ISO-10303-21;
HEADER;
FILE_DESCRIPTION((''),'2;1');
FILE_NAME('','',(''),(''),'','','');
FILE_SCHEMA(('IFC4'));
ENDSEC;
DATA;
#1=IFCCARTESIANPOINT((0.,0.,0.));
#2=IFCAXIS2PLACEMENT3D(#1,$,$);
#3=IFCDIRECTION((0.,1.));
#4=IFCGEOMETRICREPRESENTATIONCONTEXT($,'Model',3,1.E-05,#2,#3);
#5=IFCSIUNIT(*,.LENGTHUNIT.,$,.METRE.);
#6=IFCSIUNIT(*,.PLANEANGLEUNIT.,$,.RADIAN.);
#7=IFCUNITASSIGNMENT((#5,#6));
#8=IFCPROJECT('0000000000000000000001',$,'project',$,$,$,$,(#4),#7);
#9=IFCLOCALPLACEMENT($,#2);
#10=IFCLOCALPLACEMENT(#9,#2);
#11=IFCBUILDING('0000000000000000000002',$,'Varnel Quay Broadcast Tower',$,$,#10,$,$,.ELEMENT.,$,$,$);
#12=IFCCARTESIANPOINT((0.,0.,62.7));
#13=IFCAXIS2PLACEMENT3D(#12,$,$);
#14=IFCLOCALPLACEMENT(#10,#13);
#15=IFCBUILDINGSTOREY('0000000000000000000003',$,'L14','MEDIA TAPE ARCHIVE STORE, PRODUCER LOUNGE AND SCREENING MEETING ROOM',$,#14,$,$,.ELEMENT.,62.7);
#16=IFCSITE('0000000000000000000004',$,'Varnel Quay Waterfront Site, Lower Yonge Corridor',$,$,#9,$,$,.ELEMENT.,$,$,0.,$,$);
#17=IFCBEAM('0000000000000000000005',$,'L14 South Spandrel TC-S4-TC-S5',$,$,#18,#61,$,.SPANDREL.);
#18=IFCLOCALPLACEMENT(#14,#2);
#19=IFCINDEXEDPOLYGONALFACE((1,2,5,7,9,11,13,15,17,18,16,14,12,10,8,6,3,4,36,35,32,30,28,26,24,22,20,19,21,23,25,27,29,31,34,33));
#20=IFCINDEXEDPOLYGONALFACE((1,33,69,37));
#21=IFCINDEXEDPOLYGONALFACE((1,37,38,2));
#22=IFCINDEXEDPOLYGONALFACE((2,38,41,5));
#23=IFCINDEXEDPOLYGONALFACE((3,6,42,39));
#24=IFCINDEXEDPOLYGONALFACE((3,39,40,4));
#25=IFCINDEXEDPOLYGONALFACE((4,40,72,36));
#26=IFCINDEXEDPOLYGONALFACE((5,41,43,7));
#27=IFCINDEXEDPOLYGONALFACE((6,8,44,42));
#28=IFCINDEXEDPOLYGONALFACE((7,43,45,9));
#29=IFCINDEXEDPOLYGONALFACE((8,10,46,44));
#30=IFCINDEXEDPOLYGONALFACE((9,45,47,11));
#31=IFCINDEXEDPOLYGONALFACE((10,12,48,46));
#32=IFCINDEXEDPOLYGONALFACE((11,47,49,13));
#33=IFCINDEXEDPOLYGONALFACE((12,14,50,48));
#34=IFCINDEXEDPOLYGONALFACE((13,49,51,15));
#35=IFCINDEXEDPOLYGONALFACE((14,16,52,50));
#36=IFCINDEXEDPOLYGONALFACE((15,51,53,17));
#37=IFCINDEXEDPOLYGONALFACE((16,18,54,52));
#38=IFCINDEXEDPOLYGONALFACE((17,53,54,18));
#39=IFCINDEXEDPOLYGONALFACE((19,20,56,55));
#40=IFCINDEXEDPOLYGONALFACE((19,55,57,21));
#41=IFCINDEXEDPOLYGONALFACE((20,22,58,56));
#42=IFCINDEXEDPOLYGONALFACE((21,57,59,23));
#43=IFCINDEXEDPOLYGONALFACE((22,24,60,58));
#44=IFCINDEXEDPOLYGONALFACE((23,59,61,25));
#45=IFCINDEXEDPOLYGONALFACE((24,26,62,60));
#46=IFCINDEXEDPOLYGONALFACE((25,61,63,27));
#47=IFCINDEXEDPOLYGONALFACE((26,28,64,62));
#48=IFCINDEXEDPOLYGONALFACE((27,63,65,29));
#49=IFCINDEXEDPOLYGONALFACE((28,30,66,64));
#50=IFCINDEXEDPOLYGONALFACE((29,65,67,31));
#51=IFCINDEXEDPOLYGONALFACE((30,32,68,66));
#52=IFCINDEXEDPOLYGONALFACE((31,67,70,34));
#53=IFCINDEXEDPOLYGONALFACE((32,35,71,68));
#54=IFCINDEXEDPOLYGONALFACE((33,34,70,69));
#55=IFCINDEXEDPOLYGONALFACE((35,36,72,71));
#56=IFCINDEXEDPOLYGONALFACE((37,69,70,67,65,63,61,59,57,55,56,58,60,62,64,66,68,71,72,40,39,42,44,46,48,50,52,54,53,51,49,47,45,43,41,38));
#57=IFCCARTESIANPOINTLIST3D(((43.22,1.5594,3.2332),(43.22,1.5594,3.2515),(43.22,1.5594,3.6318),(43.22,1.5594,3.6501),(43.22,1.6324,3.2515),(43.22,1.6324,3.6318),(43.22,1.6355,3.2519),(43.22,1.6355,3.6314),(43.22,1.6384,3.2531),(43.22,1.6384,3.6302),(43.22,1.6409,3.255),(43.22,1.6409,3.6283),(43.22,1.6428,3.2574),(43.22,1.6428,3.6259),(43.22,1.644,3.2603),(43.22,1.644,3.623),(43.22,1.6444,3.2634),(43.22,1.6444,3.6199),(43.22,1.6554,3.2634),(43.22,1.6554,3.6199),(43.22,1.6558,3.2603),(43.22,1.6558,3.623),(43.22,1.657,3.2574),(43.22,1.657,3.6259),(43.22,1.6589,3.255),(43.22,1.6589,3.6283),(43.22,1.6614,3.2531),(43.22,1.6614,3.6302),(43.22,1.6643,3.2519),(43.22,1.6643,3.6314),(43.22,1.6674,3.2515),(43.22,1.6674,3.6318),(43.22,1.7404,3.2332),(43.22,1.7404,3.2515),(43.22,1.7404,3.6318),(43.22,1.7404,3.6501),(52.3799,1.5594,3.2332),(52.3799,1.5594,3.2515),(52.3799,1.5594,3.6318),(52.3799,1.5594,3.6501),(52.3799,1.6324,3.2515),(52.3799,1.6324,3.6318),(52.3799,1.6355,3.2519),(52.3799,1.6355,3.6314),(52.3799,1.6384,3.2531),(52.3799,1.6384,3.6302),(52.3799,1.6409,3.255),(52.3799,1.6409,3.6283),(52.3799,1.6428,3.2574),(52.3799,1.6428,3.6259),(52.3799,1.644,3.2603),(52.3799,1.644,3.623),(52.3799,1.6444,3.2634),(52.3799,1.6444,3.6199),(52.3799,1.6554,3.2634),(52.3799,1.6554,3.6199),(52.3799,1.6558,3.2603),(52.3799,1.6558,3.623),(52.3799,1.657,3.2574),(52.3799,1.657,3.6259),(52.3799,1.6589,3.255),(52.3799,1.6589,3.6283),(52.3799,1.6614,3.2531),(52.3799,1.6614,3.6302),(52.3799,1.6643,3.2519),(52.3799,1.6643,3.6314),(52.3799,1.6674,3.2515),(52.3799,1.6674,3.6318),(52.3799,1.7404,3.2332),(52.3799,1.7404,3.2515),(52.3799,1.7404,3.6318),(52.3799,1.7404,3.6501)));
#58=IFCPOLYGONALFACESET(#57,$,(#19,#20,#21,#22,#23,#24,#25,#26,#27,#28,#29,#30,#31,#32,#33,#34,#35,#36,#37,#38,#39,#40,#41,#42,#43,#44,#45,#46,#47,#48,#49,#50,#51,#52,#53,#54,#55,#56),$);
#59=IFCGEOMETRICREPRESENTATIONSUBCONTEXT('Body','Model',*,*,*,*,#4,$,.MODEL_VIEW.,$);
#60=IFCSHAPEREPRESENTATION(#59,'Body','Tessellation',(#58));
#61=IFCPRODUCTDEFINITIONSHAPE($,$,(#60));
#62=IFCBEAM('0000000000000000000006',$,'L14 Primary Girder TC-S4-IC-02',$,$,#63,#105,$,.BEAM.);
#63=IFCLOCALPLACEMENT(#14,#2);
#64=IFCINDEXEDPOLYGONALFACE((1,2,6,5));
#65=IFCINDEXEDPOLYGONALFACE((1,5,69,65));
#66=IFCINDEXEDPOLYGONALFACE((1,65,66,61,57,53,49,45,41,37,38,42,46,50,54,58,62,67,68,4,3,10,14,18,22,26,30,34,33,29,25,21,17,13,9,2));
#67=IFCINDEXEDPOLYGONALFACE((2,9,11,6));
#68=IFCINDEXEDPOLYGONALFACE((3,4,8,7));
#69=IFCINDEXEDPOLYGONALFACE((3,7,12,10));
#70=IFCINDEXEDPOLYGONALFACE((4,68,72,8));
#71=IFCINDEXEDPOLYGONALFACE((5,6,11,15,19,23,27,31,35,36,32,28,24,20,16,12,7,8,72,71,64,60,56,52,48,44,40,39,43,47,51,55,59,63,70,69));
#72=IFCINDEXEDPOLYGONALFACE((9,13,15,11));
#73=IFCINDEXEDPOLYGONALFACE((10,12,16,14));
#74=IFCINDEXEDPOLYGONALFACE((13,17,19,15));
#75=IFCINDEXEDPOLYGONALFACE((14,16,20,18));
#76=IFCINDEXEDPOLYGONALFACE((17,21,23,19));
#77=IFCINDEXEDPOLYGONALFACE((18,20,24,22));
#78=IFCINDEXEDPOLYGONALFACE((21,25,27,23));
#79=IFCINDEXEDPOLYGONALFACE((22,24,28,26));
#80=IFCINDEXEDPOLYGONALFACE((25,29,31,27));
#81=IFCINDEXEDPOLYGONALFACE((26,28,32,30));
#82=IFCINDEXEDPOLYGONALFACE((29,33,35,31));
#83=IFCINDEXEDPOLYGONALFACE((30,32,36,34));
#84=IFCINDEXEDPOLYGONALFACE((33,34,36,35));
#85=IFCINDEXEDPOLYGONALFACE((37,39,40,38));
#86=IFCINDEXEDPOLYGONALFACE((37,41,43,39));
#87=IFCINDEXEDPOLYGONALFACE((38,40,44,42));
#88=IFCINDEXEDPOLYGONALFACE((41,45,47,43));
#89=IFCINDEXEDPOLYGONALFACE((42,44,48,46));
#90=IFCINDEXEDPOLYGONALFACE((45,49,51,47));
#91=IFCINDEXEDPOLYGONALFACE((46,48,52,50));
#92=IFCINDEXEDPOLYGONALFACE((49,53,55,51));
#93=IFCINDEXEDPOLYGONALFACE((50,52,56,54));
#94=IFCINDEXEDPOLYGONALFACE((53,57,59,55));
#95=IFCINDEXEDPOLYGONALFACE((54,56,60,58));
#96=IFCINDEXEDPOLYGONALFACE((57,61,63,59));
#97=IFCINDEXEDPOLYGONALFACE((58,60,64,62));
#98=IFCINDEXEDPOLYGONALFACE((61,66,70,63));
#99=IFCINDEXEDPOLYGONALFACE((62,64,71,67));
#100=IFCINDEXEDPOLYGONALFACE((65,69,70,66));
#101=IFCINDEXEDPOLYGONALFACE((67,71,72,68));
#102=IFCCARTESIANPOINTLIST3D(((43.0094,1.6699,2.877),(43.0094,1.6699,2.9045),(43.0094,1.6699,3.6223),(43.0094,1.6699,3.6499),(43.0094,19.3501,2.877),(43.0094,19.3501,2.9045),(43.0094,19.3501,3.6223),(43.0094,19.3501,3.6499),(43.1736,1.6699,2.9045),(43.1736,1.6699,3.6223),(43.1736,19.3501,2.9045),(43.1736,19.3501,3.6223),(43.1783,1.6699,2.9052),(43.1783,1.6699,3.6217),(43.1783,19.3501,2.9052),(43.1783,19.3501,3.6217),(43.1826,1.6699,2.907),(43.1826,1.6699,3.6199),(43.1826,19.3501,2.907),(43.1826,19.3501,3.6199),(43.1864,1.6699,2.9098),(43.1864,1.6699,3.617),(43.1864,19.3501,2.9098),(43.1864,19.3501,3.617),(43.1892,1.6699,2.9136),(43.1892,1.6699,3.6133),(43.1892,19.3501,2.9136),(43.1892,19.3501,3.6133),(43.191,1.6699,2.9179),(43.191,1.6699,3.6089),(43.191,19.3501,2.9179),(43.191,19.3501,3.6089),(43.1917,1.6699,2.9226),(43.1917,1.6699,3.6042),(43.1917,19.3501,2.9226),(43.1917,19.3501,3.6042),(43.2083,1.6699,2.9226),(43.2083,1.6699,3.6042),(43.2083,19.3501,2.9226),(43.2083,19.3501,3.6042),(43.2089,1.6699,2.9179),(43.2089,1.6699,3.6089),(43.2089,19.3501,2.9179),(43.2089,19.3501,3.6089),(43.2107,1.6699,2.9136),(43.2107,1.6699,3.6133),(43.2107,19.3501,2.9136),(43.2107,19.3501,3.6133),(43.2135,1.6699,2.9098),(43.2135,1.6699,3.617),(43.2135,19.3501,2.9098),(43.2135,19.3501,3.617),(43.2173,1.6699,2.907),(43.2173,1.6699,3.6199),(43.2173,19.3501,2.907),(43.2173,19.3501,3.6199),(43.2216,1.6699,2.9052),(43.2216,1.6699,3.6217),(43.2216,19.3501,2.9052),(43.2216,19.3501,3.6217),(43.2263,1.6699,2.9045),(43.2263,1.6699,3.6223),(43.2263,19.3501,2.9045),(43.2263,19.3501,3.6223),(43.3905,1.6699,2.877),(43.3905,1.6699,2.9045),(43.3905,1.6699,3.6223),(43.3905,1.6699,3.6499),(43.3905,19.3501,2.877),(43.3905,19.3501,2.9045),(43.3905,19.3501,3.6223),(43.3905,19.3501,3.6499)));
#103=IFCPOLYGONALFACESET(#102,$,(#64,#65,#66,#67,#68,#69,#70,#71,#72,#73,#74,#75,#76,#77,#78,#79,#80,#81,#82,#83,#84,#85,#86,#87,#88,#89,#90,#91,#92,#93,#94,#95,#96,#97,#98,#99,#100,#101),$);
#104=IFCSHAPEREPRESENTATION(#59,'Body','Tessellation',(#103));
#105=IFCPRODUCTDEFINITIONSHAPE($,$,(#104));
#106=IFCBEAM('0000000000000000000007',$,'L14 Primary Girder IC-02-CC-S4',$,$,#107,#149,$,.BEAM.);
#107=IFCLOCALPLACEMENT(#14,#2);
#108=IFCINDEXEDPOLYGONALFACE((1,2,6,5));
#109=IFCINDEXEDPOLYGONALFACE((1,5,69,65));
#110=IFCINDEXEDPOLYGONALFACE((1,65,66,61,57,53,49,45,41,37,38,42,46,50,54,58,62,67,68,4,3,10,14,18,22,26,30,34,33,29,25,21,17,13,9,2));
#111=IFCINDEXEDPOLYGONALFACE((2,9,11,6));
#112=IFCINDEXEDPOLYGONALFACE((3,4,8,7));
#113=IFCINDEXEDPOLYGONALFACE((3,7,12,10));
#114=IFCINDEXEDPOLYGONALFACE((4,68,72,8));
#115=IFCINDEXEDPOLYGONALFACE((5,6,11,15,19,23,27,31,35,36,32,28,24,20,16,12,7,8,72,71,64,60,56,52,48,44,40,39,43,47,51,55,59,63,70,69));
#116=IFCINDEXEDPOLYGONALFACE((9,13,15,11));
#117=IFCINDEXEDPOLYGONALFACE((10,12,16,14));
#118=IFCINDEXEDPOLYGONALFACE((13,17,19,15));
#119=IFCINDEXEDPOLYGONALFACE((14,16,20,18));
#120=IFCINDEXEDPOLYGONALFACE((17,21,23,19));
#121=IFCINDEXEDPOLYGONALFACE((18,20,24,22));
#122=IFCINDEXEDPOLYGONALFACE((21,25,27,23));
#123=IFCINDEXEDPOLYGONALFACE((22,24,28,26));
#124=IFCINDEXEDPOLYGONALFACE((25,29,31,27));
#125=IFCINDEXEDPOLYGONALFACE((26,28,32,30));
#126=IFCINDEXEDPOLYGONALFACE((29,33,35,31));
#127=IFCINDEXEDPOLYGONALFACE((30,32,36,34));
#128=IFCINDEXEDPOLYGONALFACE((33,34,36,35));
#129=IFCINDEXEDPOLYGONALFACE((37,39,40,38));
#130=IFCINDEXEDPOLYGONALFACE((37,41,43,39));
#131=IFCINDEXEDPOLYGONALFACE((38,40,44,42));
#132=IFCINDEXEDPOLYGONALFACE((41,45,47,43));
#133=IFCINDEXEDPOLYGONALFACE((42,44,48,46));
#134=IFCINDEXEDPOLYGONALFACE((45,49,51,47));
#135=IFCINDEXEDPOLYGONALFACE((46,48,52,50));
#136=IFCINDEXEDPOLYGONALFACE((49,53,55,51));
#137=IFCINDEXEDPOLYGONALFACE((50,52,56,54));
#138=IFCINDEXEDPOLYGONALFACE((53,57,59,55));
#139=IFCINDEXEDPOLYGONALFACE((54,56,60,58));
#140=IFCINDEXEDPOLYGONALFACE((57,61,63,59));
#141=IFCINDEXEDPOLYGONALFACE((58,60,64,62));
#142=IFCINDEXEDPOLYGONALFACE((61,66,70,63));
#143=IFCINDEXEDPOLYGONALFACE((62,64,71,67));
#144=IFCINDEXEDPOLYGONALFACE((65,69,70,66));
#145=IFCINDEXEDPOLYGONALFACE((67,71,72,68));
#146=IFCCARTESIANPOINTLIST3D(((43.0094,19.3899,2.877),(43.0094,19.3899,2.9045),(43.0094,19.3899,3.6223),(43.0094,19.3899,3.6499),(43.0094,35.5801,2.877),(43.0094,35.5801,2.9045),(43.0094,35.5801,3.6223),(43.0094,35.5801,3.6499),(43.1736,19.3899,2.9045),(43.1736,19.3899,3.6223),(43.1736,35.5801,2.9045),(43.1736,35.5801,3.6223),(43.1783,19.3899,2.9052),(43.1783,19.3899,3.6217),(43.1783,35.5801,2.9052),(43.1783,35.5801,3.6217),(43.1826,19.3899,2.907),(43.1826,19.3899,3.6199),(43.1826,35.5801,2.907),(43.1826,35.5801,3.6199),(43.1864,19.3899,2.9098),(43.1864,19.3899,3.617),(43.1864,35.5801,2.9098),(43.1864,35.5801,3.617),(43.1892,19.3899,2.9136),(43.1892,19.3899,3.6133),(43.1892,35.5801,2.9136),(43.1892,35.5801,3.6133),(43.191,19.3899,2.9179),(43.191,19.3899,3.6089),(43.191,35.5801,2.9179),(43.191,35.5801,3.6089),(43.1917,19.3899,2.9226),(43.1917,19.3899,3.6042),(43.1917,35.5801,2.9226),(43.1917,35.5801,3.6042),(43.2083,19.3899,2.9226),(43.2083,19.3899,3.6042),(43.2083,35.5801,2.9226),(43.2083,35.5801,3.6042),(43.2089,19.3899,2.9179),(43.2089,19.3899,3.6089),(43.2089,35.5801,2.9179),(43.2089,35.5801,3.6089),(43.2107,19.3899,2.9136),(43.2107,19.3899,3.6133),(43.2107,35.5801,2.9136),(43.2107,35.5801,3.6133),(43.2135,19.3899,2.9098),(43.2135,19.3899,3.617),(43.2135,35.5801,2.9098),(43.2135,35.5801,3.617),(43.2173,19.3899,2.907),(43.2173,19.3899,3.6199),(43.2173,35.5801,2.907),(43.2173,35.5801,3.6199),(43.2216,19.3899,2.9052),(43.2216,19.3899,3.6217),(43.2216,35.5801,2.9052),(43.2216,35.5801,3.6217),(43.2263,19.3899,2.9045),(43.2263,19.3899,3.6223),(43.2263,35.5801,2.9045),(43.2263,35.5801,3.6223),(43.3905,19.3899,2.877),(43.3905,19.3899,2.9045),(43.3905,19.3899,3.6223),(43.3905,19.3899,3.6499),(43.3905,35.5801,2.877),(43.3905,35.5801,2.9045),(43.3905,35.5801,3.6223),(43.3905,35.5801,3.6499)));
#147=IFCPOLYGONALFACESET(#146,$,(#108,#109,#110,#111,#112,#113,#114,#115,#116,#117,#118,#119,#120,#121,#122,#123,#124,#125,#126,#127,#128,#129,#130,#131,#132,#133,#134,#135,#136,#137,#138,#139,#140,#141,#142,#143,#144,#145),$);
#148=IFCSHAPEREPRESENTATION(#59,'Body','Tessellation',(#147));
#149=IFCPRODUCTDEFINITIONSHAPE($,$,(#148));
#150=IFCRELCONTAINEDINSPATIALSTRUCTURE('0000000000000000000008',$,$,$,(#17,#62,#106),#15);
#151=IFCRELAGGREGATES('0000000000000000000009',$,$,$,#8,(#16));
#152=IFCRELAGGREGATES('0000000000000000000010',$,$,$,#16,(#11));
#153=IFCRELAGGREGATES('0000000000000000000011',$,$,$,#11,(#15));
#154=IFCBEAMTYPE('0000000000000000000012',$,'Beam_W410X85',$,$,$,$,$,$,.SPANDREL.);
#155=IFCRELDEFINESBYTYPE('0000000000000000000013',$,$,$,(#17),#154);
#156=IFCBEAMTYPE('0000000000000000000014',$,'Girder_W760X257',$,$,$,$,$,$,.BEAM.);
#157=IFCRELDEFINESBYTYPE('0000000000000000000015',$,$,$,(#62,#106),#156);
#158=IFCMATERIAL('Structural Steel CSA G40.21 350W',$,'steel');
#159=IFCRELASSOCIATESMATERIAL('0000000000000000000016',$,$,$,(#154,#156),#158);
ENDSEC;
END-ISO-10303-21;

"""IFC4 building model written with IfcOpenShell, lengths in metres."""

from ifc_helpers import new_model, si_unit, direction, frame, origin, origin_2d, place, context, subcontext, project, spatial, i_section, extrude, source, transform, mapped, material, material_profile, profile_set, type_object, type_shapes, element, save


model = new_model("IFC4")

# Units and contexts
model_context = context("Model", 3, precision=1e-05, world=origin(), true_north=direction((0.0, 1.0)))
body_context = subcontext(model_context, "Body", "Model", "MODEL_VIEW")
ifc_project = project(units=[si_unit("LENGTHUNIT", "METRE"), si_unit("PLANEANGLEUNIT", "RADIAN")], contexts=[model_context])

# Site, building, storey
site_placement = place(None, origin())
site = spatial("IfcSite", under=ifc_project, at=site_placement, Name="Varnel Quay Waterfront Site, Lower Yonge Corridor", CompositionType="ELEMENT", RefElevation=0.0)
building_placement = place(site_placement, origin())
building = spatial("IfcBuilding", under=site, at=building_placement, Name="Varnel Quay Broadcast Tower", CompositionType="ELEMENT")
storey_placement = place(building_placement, frame((0.0, 0.0, 62.7)))
storey = spatial("IfcBuildingStorey", under=building, at=storey_placement, Name="L14", Description="MEDIA TAPE ARCHIVE STORE, PRODUCER LOUNGE AND SCREENING MEETING ROOM", CompositionType="ELEMENT", Elevation=62.7)

# Shared definitions
ifc_material_1 = material(Name="Structural Steel CSA G40.21 350W", Category="steel")

# Beams
ifc_material_profile_1 = material_profile(ifc_material_1, i_section(OverallWidth=0.1809, OverallDepth=0.417, WebThickness=0.011, FlangeThickness=0.0183, FilletRadius=0.012, at=origin_2d()), Name="W410X85")
ifc_profile_set_1 = profile_set([ifc_material_profile_1], Name="Structural Steel CSA G40.21 350W")
beam_type_1 = type_object("IfcBeamType", Name="Beam_W410X85", PredefinedType="SPANDREL", material=ifc_profile_set_1)
shared_shape_1 = source(origin(), body_context, "Body", "SweptSolid", [
    extrude(i_section(OverallWidth=0.1809, OverallDepth=0.417, WebThickness=0.011, FlangeThickness=0.0183, FilletRadius=0.012, at=origin_2d()), origin(), (0.0, 0.0, 1.0), 9.1599),
])
type_shapes(beam_type_1, [shared_shape_1])
for number, where, z_axis, x_axis, name in (
    (1, (43.22, 1.6499, 3.4417), (1.0, 0.0, 0.0), (0.0, 1.0, 0.0), "L14 South Spandrel TC-S4-TC-S5"),
):
    element("IfcBeam", number, at=place(storey_placement, frame(where, z_axis=z_axis, x_axis=x_axis)), inside=storey, type_object=beam_type_1, Name=name, PredefinedType="SPANDREL", context=body_context, shape_type="MappedRepresentation", body=[
        mapped(shared_shape_1, transform((0.0, 0.0, 0.0), x_axis=(1.0, 0.0, 0.0), y_axis=(0.0, 1.0, 0.0), z_axis=(0.0, 0.0, 1.0), scale=1.0)),
    ])
ifc_material_profile_2 = material_profile(ifc_material_1, i_section(OverallWidth=0.3811, OverallDepth=0.7729, WebThickness=0.0166, FlangeThickness=0.0276, FilletRadius=0.0181, at=origin_2d()), Name="W760X257")
ifc_profile_set_2 = profile_set([ifc_material_profile_2], Name="Structural Steel CSA G40.21 350W")
beam_type_2 = type_object("IfcBeamType", Name="Girder_W760X257", PredefinedType="BEAM", material=ifc_profile_set_2)
shared_shape_2 = source(origin(), body_context, "Body", "SweptSolid", [
    extrude(i_section(OverallWidth=0.3811, OverallDepth=0.7729, WebThickness=0.0166, FlangeThickness=0.0276, FilletRadius=0.0181, at=origin_2d()), origin(), (0.0, 0.0, 1.0), 17.6802),
])
beam_1_placement = place(storey_placement, frame((43.2, 1.6699, 3.2634), z_axis=(0.0, 1.0, 0.0), x_axis=(-1.0, 0.0, 0.0)))
element("IfcBeam", 2, at=beam_1_placement, inside=storey, type_object=beam_type_2, Name="L14 Primary Girder TC-S4-IC-02", PredefinedType="BEAM", context=body_context, shape_type="MappedRepresentation", body=[
    mapped(shared_shape_2, transform((0.0, 0.0, 0.0), x_axis=(1.0, 0.0, 0.0), y_axis=(0.0, 1.0, 0.0), z_axis=(0.0, 0.0, 1.0), scale=1.0)),
])
shared_shape_3 = source(origin(), body_context, "Body", "SweptSolid", [
    extrude(i_section(OverallWidth=0.3811, OverallDepth=0.7729, WebThickness=0.0166, FlangeThickness=0.0276, FilletRadius=0.0181, at=origin_2d()), origin(), (0.0, 0.0, 1.0), 16.1902),
])
beam_2_placement = place(storey_placement, frame((43.2, 19.3899, 3.2634), z_axis=(0.0, 1.0, 0.0), x_axis=(-1.0, 0.0, 0.0)))
element("IfcBeam", 3, at=beam_2_placement, inside=storey, type_object=beam_type_2, Name="L14 Primary Girder IC-02-CC-S4", PredefinedType="BEAM", context=body_context, shape_type="MappedRepresentation", body=[
    mapped(shared_shape_3, transform((0.0, 0.0, 0.0), x_axis=(1.0, 0.0, 0.0), y_axis=(0.0, 1.0, 0.0), z_axis=(0.0, 0.0, 1.0), scale=1.0)),
])

save(model, "model.ifc")
